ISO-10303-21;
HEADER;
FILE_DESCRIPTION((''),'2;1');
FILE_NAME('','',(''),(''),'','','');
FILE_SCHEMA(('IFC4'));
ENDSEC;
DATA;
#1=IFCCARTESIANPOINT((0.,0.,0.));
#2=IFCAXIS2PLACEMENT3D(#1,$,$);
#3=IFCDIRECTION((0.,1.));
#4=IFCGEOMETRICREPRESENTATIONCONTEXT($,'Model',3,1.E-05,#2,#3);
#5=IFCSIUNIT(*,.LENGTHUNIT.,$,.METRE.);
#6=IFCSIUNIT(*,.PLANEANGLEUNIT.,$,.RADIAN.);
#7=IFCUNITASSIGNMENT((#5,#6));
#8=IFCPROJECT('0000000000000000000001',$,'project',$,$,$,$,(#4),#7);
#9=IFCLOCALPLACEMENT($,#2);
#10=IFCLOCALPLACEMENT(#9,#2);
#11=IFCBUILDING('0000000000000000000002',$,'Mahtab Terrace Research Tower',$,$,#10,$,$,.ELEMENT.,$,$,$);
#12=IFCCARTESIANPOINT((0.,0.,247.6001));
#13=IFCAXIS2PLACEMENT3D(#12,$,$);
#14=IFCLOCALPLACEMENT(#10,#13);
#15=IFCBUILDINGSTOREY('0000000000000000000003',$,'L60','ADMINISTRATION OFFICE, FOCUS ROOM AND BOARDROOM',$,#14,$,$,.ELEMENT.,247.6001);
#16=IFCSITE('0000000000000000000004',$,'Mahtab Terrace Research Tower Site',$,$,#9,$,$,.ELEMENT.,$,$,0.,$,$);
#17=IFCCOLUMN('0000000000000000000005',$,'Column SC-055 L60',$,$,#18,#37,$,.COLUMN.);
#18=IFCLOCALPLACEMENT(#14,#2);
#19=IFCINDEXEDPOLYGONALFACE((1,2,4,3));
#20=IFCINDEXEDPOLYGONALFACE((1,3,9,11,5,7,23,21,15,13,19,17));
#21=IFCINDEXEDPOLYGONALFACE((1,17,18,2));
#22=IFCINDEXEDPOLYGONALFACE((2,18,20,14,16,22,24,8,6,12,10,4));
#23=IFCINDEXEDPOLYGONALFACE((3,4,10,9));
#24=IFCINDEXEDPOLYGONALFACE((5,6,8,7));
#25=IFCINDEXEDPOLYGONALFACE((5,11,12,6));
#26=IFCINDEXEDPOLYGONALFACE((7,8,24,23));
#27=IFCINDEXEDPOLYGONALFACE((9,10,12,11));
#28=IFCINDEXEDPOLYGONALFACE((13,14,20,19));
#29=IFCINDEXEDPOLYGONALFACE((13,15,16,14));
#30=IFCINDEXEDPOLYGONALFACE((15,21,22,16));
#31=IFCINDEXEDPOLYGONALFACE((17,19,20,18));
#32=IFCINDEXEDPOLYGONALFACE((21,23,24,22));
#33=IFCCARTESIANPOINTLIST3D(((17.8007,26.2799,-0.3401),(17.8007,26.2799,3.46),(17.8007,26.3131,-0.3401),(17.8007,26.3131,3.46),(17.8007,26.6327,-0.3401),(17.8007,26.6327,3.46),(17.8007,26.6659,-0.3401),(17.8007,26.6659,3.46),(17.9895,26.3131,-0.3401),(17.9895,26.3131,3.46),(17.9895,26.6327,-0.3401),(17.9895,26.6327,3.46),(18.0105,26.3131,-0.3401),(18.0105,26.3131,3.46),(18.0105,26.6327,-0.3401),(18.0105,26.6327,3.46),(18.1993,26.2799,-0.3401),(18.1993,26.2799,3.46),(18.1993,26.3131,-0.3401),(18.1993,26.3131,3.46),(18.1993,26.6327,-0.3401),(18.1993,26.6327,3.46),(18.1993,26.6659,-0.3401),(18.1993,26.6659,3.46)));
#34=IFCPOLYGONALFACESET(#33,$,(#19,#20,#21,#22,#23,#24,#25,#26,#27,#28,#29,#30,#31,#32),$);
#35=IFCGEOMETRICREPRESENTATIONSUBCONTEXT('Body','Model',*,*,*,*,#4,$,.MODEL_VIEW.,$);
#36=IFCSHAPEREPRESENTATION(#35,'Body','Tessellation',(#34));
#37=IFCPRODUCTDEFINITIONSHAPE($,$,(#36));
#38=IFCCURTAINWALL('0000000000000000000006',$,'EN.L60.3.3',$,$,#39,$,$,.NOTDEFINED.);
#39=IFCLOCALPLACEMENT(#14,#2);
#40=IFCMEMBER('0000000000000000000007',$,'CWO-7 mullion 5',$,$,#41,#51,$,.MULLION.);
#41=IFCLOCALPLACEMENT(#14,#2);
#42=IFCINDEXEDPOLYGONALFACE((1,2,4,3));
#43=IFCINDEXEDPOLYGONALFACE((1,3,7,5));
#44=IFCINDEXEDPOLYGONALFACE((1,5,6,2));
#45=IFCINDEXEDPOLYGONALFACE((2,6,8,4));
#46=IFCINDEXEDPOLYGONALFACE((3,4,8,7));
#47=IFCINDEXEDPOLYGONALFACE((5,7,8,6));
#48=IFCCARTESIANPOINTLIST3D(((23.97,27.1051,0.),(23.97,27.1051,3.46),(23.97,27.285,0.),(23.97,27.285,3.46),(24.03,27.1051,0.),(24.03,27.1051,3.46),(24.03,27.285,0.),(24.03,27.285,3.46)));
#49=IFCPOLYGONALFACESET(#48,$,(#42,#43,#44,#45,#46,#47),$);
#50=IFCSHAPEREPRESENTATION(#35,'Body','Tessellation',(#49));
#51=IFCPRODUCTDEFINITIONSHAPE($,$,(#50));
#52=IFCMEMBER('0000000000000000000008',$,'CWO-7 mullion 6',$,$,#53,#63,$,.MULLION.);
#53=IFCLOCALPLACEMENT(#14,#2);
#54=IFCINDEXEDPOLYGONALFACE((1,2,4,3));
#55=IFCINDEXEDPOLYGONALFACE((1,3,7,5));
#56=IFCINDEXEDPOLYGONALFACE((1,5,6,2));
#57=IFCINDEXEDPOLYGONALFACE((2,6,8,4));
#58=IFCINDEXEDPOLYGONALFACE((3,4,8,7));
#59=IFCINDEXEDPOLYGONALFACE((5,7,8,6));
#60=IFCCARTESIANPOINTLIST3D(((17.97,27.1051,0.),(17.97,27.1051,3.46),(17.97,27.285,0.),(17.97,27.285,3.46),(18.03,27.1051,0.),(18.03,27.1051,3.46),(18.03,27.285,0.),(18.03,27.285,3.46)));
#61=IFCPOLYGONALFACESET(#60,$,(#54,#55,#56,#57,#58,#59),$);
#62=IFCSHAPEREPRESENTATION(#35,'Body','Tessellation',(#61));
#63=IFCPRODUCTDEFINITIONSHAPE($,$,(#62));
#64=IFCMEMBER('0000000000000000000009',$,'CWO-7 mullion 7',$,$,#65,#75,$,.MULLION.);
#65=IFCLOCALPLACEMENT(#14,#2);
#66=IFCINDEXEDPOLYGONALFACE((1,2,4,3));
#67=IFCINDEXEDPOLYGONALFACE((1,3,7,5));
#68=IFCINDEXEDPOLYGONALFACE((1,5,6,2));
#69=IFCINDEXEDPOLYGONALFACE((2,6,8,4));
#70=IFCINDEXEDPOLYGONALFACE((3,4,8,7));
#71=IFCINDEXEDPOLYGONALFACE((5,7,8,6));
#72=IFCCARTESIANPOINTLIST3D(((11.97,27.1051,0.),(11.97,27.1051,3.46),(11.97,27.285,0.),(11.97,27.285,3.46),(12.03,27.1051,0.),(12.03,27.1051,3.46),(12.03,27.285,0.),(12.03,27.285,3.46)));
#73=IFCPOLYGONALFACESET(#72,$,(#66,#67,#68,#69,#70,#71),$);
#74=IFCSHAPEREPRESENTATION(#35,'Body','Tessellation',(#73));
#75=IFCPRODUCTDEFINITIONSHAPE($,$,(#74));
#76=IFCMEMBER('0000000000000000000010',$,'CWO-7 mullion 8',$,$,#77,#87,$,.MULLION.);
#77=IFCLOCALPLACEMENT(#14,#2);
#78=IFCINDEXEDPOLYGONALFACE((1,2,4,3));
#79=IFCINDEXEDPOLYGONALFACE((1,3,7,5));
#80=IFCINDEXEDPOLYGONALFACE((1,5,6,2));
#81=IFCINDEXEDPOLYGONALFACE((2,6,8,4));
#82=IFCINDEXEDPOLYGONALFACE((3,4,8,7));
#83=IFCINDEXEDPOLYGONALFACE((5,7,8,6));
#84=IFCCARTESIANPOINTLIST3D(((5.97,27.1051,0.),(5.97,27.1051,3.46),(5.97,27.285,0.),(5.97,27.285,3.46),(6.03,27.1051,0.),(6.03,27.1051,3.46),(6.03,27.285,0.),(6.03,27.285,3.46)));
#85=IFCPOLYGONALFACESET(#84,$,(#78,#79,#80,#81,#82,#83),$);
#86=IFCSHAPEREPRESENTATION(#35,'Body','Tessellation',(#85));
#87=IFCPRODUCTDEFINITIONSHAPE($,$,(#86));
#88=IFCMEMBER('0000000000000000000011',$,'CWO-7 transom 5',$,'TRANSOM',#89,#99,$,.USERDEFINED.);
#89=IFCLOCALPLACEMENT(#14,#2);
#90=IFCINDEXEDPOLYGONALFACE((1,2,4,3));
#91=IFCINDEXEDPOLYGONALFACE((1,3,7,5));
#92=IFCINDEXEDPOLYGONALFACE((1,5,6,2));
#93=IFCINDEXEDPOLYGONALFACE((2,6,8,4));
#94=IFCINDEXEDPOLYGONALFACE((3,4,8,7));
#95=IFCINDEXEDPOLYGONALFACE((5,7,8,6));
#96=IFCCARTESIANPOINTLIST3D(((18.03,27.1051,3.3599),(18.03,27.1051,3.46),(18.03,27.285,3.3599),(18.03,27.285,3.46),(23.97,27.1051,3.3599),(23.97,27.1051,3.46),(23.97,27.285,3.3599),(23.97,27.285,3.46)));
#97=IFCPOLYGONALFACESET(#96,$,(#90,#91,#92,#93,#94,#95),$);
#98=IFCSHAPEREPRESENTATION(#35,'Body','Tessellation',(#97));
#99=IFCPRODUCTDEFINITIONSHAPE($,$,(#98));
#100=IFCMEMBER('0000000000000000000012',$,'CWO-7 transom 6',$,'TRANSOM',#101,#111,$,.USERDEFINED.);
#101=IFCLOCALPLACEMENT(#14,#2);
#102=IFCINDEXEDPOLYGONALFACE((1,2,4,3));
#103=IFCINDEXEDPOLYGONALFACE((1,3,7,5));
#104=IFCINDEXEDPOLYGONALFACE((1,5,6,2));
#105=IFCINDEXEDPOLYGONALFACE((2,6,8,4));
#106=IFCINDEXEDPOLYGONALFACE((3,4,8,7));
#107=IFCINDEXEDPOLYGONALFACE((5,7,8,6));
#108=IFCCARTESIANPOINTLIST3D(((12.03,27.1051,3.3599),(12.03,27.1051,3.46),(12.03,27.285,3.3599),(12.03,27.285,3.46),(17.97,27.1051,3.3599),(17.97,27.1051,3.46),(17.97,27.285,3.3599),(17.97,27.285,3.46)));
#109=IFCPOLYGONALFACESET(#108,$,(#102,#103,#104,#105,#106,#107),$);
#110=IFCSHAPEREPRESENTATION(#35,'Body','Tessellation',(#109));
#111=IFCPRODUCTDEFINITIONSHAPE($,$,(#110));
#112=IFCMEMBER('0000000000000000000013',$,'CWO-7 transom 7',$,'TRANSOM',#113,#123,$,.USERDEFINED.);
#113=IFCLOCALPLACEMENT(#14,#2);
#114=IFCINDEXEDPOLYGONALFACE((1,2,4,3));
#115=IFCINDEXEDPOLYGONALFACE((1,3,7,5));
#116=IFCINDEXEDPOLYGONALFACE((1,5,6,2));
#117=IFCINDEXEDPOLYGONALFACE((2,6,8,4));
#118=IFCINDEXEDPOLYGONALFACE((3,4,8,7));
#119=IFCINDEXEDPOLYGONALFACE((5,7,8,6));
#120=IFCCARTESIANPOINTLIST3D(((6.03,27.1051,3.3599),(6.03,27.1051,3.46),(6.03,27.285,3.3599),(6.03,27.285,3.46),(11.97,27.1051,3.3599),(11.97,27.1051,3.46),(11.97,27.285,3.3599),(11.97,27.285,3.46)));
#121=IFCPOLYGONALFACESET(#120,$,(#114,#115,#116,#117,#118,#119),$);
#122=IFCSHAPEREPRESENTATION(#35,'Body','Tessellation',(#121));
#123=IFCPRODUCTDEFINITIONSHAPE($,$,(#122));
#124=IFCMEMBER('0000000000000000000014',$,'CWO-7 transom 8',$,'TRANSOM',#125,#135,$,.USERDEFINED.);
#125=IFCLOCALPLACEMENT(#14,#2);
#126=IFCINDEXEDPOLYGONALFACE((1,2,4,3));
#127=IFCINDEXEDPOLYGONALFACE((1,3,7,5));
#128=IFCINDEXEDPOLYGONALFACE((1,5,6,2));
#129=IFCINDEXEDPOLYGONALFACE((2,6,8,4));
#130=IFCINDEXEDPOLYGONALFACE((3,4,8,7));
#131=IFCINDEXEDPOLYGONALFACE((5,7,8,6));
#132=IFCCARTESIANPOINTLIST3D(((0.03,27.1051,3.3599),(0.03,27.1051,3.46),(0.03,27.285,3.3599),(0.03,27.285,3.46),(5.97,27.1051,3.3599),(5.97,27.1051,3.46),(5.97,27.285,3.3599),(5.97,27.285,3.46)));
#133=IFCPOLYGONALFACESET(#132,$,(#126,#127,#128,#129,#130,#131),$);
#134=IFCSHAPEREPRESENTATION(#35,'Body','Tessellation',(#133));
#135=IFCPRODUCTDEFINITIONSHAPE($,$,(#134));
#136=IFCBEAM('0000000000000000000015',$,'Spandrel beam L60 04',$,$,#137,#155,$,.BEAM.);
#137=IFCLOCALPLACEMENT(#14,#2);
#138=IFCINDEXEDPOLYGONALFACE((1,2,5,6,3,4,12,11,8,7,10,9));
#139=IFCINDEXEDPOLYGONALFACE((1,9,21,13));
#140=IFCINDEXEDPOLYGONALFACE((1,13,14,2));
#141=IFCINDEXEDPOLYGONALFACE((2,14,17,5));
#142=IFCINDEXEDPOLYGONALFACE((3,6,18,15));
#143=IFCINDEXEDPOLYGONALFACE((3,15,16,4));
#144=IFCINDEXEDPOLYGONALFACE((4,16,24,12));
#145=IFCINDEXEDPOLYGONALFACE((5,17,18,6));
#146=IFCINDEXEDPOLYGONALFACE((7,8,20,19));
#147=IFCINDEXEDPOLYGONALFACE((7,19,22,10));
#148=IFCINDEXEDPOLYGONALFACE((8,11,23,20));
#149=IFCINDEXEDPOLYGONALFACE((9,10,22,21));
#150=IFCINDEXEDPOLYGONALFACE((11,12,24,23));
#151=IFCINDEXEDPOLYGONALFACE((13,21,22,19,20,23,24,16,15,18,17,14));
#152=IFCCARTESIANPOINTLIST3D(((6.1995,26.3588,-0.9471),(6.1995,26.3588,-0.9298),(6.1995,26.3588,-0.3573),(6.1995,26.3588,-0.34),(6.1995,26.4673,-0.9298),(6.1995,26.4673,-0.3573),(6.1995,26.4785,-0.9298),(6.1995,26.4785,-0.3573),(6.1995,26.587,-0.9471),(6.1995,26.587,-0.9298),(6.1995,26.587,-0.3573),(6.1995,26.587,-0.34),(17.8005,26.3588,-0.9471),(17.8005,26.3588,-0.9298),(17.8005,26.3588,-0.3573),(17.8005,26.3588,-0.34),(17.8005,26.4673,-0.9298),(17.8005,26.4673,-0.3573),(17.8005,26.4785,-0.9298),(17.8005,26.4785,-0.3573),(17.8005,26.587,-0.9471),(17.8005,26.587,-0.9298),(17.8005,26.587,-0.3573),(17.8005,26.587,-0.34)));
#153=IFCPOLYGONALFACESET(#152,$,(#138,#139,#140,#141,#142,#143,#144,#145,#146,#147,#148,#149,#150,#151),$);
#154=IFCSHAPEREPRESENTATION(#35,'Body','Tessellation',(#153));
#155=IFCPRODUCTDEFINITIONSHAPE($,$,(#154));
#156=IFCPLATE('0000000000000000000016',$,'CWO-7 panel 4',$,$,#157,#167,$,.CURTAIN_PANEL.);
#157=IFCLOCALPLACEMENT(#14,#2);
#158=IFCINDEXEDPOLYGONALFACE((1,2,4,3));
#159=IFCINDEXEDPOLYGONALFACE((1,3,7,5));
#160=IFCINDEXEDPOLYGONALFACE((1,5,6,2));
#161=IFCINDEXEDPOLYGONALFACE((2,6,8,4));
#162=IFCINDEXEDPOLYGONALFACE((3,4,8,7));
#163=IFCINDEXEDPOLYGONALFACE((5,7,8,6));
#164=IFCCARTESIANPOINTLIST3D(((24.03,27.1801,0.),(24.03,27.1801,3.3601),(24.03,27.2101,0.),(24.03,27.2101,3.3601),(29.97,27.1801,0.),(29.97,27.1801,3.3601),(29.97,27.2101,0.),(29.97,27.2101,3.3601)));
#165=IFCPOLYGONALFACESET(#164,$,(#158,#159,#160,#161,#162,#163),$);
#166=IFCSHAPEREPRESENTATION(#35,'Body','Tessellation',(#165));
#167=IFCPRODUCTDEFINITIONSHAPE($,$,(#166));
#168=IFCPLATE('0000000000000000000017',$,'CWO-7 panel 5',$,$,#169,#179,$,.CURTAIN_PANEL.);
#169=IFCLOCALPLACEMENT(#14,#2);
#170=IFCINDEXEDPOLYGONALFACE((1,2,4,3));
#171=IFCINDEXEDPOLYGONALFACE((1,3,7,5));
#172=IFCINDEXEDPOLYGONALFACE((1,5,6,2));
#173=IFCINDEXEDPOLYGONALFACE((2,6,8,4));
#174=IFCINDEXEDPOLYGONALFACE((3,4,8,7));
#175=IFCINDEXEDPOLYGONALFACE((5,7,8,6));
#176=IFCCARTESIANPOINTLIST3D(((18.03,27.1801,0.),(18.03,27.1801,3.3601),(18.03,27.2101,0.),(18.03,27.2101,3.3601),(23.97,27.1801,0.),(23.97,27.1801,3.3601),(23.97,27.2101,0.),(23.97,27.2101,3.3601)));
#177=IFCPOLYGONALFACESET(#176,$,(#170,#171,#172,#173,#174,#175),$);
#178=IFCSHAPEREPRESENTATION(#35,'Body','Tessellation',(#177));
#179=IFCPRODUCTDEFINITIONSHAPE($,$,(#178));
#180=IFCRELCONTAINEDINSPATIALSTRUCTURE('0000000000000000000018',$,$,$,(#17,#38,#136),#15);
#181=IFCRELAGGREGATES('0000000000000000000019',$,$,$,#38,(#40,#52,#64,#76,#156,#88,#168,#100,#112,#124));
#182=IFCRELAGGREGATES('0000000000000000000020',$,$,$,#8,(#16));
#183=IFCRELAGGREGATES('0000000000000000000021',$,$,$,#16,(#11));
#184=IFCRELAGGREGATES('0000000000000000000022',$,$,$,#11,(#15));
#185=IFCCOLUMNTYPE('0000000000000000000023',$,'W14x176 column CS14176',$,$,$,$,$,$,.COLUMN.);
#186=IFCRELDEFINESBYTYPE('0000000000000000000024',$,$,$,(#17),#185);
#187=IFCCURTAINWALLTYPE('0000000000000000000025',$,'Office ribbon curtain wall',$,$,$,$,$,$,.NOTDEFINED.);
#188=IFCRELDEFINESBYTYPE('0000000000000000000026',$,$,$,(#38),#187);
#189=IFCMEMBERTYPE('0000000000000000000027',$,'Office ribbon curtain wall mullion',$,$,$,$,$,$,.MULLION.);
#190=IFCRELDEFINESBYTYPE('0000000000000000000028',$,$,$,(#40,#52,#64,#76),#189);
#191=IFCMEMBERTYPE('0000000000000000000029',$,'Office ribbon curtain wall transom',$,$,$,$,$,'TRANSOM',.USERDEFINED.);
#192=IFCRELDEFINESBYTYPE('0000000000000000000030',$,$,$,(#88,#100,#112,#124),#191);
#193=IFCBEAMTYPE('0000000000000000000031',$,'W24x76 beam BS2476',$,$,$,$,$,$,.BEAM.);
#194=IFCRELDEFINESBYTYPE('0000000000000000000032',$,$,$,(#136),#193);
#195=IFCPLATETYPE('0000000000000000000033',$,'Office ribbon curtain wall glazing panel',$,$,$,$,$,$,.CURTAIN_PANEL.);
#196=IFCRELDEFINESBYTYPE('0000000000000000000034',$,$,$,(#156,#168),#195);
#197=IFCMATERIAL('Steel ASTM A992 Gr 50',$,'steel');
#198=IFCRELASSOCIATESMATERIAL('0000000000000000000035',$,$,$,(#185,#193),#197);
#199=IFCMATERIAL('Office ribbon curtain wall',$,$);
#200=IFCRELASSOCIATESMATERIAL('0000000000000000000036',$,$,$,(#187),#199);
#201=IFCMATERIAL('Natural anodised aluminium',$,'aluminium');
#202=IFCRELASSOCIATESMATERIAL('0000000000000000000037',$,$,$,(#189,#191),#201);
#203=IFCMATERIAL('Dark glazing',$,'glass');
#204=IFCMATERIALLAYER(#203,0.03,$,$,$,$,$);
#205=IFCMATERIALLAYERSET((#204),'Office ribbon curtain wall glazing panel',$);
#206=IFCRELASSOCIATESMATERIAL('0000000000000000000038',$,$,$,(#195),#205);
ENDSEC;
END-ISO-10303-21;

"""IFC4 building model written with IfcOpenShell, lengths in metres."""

from ifc_helpers import new_model, si_unit, direction, frame, origin, origin_2d, place, context, subcontext, project, spatial, rectangle, i_section, extrude, material, layer, layer_set, material_profile, profile_set, type_object, element, aggregate, save


model = new_model("IFC4")

# Units and contexts
model_context = context("Model", 3, precision=1e-05, world=origin(), true_north=direction((0.0, 1.0)))
body_context = subcontext(model_context, "Body", "Model", "MODEL_VIEW")
ifc_project = project(units=[si_unit("LENGTHUNIT", "METRE"), si_unit("PLANEANGLEUNIT", "RADIAN")], contexts=[model_context])

# Site, building, storey
site_placement = place(None, origin())
site = spatial("IfcSite", under=ifc_project, at=site_placement, Name="Mahtab Terrace Research Tower Site", CompositionType="ELEMENT", RefElevation=0.0)
building_placement = place(site_placement, origin())
building = spatial("IfcBuilding", under=site, at=building_placement, Name="Mahtab Terrace Research Tower", CompositionType="ELEMENT")
storey_placement = place(building_placement, frame((0.0, 0.0, 247.6001)))
storey = spatial("IfcBuildingStorey", under=building, at=storey_placement, Name="L60", Description="ADMINISTRATION OFFICE, FOCUS ROOM AND BOARDROOM", CompositionType="ELEMENT", Elevation=247.6001)

# Column
ifc_material_1 = material(Name="Steel ASTM A992 Gr 50", Category="steel")
ifc_material_profile_1 = material_profile(ifc_material_1, i_section(OverallWidth=0.3987, OverallDepth=0.386, WebThickness=0.021, FlangeThickness=0.0332, at=origin_2d()), Name="W14X176")
ifc_profile_set_1 = profile_set([ifc_material_profile_1], Name="Steel ASTM A992 Gr 50")
column_type = type_object("IfcColumnType", Name="W14x176 column CS14176", PredefinedType="COLUMN", material=ifc_profile_set_1)
column_placement = place(storey_placement, frame((18.0, 26.4729, -0.3401), z_axis=(0.0, 0.0, 1.0), x_axis=(1.0, 0.0, 0.0)))
element("IfcColumn", 1, at=column_placement, inside=storey, type_object=column_type, Name="Column SC-055 L60", PredefinedType="COLUMN", context=body_context, shape_type="SweptSolid", body=[
    extrude(i_section(OverallWidth=0.3987, OverallDepth=0.386, WebThickness=0.021, FlangeThickness=0.0332, at=origin_2d()), origin(), (0.0, 0.0, 1.0), 3.8),
])

# Curtain wall, members
ifc_material_2 = material(Name="Office ribbon curtain wall")
curtain_wall_type = type_object("IfcCurtainWallType", Name="Office ribbon curtain wall", PredefinedType="NOTDEFINED", material=ifc_material_2)
curtain_wall_placement = place(storey_placement, origin())
curtain_wall = element("IfcCurtainWall", 2, at=curtain_wall_placement, inside=storey, type_object=curtain_wall_type, Name="EN.L60.3.3", PredefinedType="NOTDEFINED")
ifc_material_3 = material(Name="Natural anodised aluminium", Category="aluminium")
ifc_material_profile_2 = material_profile(ifc_material_3, rectangle(XDim=0.1799, YDim=0.0601, at=origin_2d()), Name="MULLION 60x180")
ifc_profile_set_2 = profile_set([ifc_material_profile_2], Name="Natural anodised aluminium")
member_type_1 = type_object("IfcMemberType", Name="Office ribbon curtain wall mullion", PredefinedType="MULLION", material=ifc_profile_set_2)
member_1_placement = place(storey_placement, frame((24.0, 27.1951, 0.0), z_axis=(0.0, 0.0, 1.0), x_axis=(0.0, -1.0, 0.0)))
member_1 = element("IfcMember", 3, at=member_1_placement, type_object=member_type_1, Name="CWO-7 mullion 5", PredefinedType="MULLION", context=body_context, shape_type="SweptSolid", body=[
    extrude(rectangle(XDim=0.1799, YDim=0.0601, at=origin_2d()), origin(), (0.0, 0.0, 1.0), 3.46),
])
member_2_placement = place(storey_placement, frame((18.0, 27.1951, 0.0), z_axis=(0.0, 0.0, 1.0), x_axis=(0.0, -1.0, 0.0)))
member_2 = element("IfcMember", 4, at=member_2_placement, type_object=member_type_1, Name="CWO-7 mullion 6", PredefinedType="MULLION", context=body_context, shape_type="SweptSolid", body=[
    extrude(rectangle(XDim=0.1799, YDim=0.0601, at=origin_2d()), origin(), (0.0, 0.0, 1.0), 3.46),
])
member_3_placement = place(storey_placement, frame((12.0, 27.1951, 0.0), z_axis=(0.0, 0.0, 1.0), x_axis=(0.0, -1.0, 0.0)))
member_3 = element("IfcMember", 5, at=member_3_placement, type_object=member_type_1, Name="CWO-7 mullion 7", PredefinedType="MULLION", context=body_context, shape_type="SweptSolid", body=[
    extrude(rectangle(XDim=0.1799, YDim=0.0601, at=origin_2d()), origin(), (0.0, 0.0, 1.0), 3.46),
])
member_4_placement = place(storey_placement, frame((6.0, 27.1951, 0.0), z_axis=(0.0, 0.0, 1.0), x_axis=(0.0, -1.0, 0.0)))
member_4 = element("IfcMember", 6, at=member_4_placement, type_object=member_type_1, Name="CWO-7 mullion 8", PredefinedType="MULLION", context=body_context, shape_type="SweptSolid", body=[
    extrude(rectangle(XDim=0.1799, YDim=0.0601, at=origin_2d()), origin(), (0.0, 0.0, 1.0), 3.46),
])
ifc_material_profile_3 = material_profile(ifc_material_3, rectangle(XDim=0.1799, YDim=0.1001, at=origin_2d()), Name="TRANSOM 100x180")
ifc_profile_set_3 = profile_set([ifc_material_profile_3], Name="Natural anodised aluminium")
member_type_2 = type_object("IfcMemberType", Name="Office ribbon curtain wall transom", ElementType="TRANSOM", PredefinedType="USERDEFINED", material=ifc_profile_set_3)
member_5_placement = place(storey_placement, frame((23.97, 27.1951, 3.4099), z_axis=(-1.0, 0.0, 0.0), x_axis=(0.0, -1.0, 0.0)))
member_5 = element("IfcMember", 7, at=member_5_placement, type_object=member_type_2, Name="CWO-7 transom 5", ObjectType="TRANSOM", PredefinedType="USERDEFINED", context=body_context, shape_type="SweptSolid", body=[
    extrude(rectangle(XDim=0.1799, YDim=0.1001, at=origin_2d()), origin(), (0.0, 0.0, 1.0), 5.9399),
])
member_6_placement = place(storey_placement, frame((17.97, 27.1951, 3.4099), z_axis=(-1.0, 0.0, 0.0), x_axis=(0.0, -1.0, 0.0)))
member_6 = element("IfcMember", 8, at=member_6_placement, type_object=member_type_2, Name="CWO-7 transom 6", ObjectType="TRANSOM", PredefinedType="USERDEFINED", context=body_context, shape_type="SweptSolid", body=[
    extrude(rectangle(XDim=0.1799, YDim=0.1001, at=origin_2d()), origin(), (0.0, 0.0, 1.0), 5.9399),
])
member_7_placement = place(storey_placement, frame((11.97, 27.1951, 3.4099), z_axis=(-1.0, 0.0, 0.0), x_axis=(0.0, -1.0, 0.0)))
member_7 = element("IfcMember", 9, at=member_7_placement, type_object=member_type_2, Name="CWO-7 transom 7", ObjectType="TRANSOM", PredefinedType="USERDEFINED", context=body_context, shape_type="SweptSolid", body=[
    extrude(rectangle(XDim=0.1799, YDim=0.1001, at=origin_2d()), origin(), (0.0, 0.0, 1.0), 5.9399),
])
member_8_placement = place(storey_placement, frame((5.97, 27.1951, 3.4099), z_axis=(-1.0, 0.0, 0.0), x_axis=(0.0, -1.0, 0.0)))
member_8 = element("IfcMember", 10, at=member_8_placement, type_object=member_type_2, Name="CWO-7 transom 8", ObjectType="TRANSOM", PredefinedType="USERDEFINED", context=body_context, shape_type="SweptSolid", body=[
    extrude(rectangle(XDim=0.1799, YDim=0.1001, at=origin_2d()), origin(), (0.0, 0.0, 1.0), 5.9399),
])

# Beam
ifc_material_profile_4 = material_profile(ifc_material_1, i_section(OverallWidth=0.2283, OverallDepth=0.6072, WebThickness=0.0112, FlangeThickness=0.0173, at=origin_2d()), Name="W24X76")
ifc_profile_set_4 = profile_set([ifc_material_profile_4], Name="Steel ASTM A992 Gr 50")
beam_type = type_object("IfcBeamType", Name="W24x76 beam BS2476", PredefinedType="BEAM", material=ifc_profile_set_4)
beam_placement = place(storey_placement, frame((17.8005, 26.4729, -0.6436), z_axis=(-1.0, 0.0, 0.0), x_axis=(0.0, -1.0, 0.0)))
element("IfcBeam", 11, at=beam_placement, inside=storey, type_object=beam_type, Name="Spandrel beam L60 04", PredefinedType="BEAM", context=body_context, shape_type="SweptSolid", body=[
    extrude(i_section(OverallWidth=0.2283, OverallDepth=0.6072, WebThickness=0.0112, FlangeThickness=0.0173, at=origin_2d()), origin(), (0.0, 0.0, 1.0), 11.6011),
])

# Plates
ifc_material_4 = material(Name="Dark glazing", Category="glass")
ifc_layer_1 = layer(ifc_material_4, 0.03)
ifc_layer_set_1 = layer_set([ifc_layer_1], Name="Office ribbon curtain wall glazing panel")
plate_type = type_object("IfcPlateType", Name="Office ribbon curtain wall glazing panel", PredefinedType="CURTAIN_PANEL", material=ifc_layer_set_1)
plate_1_placement = place(storey_placement, frame((27.0, 27.1951, 0.0), z_axis=(0.0, 0.0, 1.0), x_axis=(-1.0, 0.0, 0.0)))
plate_1 = element("IfcPlate", 12, at=plate_1_placement, type_object=plate_type, Name="CWO-7 panel 4", PredefinedType="CURTAIN_PANEL", context=body_context, shape_type="SweptSolid", body=[
    extrude(rectangle(XDim=5.9399, YDim=0.03, at=origin_2d()), origin(), (0.0, 0.0, 1.0), 3.3601),
])
plate_2_placement = place(storey_placement, frame((21.0, 27.1951, 0.0), z_axis=(0.0, 0.0, 1.0), x_axis=(-1.0, 0.0, 0.0)))
plate_2 = element("IfcPlate", 13, at=plate_2_placement, type_object=plate_type, Name="CWO-7 panel 5", PredefinedType="CURTAIN_PANEL", context=body_context, shape_type="SweptSolid", body=[
    extrude(rectangle(XDim=5.9399, YDim=0.03, at=origin_2d()), origin(), (0.0, 0.0, 1.0), 3.3601),
])
aggregate(curtain_wall, [member_1, member_2, member_3, member_4, plate_1, member_5, plate_2, member_6, member_7, member_8])

save(model, "model.ifc")
